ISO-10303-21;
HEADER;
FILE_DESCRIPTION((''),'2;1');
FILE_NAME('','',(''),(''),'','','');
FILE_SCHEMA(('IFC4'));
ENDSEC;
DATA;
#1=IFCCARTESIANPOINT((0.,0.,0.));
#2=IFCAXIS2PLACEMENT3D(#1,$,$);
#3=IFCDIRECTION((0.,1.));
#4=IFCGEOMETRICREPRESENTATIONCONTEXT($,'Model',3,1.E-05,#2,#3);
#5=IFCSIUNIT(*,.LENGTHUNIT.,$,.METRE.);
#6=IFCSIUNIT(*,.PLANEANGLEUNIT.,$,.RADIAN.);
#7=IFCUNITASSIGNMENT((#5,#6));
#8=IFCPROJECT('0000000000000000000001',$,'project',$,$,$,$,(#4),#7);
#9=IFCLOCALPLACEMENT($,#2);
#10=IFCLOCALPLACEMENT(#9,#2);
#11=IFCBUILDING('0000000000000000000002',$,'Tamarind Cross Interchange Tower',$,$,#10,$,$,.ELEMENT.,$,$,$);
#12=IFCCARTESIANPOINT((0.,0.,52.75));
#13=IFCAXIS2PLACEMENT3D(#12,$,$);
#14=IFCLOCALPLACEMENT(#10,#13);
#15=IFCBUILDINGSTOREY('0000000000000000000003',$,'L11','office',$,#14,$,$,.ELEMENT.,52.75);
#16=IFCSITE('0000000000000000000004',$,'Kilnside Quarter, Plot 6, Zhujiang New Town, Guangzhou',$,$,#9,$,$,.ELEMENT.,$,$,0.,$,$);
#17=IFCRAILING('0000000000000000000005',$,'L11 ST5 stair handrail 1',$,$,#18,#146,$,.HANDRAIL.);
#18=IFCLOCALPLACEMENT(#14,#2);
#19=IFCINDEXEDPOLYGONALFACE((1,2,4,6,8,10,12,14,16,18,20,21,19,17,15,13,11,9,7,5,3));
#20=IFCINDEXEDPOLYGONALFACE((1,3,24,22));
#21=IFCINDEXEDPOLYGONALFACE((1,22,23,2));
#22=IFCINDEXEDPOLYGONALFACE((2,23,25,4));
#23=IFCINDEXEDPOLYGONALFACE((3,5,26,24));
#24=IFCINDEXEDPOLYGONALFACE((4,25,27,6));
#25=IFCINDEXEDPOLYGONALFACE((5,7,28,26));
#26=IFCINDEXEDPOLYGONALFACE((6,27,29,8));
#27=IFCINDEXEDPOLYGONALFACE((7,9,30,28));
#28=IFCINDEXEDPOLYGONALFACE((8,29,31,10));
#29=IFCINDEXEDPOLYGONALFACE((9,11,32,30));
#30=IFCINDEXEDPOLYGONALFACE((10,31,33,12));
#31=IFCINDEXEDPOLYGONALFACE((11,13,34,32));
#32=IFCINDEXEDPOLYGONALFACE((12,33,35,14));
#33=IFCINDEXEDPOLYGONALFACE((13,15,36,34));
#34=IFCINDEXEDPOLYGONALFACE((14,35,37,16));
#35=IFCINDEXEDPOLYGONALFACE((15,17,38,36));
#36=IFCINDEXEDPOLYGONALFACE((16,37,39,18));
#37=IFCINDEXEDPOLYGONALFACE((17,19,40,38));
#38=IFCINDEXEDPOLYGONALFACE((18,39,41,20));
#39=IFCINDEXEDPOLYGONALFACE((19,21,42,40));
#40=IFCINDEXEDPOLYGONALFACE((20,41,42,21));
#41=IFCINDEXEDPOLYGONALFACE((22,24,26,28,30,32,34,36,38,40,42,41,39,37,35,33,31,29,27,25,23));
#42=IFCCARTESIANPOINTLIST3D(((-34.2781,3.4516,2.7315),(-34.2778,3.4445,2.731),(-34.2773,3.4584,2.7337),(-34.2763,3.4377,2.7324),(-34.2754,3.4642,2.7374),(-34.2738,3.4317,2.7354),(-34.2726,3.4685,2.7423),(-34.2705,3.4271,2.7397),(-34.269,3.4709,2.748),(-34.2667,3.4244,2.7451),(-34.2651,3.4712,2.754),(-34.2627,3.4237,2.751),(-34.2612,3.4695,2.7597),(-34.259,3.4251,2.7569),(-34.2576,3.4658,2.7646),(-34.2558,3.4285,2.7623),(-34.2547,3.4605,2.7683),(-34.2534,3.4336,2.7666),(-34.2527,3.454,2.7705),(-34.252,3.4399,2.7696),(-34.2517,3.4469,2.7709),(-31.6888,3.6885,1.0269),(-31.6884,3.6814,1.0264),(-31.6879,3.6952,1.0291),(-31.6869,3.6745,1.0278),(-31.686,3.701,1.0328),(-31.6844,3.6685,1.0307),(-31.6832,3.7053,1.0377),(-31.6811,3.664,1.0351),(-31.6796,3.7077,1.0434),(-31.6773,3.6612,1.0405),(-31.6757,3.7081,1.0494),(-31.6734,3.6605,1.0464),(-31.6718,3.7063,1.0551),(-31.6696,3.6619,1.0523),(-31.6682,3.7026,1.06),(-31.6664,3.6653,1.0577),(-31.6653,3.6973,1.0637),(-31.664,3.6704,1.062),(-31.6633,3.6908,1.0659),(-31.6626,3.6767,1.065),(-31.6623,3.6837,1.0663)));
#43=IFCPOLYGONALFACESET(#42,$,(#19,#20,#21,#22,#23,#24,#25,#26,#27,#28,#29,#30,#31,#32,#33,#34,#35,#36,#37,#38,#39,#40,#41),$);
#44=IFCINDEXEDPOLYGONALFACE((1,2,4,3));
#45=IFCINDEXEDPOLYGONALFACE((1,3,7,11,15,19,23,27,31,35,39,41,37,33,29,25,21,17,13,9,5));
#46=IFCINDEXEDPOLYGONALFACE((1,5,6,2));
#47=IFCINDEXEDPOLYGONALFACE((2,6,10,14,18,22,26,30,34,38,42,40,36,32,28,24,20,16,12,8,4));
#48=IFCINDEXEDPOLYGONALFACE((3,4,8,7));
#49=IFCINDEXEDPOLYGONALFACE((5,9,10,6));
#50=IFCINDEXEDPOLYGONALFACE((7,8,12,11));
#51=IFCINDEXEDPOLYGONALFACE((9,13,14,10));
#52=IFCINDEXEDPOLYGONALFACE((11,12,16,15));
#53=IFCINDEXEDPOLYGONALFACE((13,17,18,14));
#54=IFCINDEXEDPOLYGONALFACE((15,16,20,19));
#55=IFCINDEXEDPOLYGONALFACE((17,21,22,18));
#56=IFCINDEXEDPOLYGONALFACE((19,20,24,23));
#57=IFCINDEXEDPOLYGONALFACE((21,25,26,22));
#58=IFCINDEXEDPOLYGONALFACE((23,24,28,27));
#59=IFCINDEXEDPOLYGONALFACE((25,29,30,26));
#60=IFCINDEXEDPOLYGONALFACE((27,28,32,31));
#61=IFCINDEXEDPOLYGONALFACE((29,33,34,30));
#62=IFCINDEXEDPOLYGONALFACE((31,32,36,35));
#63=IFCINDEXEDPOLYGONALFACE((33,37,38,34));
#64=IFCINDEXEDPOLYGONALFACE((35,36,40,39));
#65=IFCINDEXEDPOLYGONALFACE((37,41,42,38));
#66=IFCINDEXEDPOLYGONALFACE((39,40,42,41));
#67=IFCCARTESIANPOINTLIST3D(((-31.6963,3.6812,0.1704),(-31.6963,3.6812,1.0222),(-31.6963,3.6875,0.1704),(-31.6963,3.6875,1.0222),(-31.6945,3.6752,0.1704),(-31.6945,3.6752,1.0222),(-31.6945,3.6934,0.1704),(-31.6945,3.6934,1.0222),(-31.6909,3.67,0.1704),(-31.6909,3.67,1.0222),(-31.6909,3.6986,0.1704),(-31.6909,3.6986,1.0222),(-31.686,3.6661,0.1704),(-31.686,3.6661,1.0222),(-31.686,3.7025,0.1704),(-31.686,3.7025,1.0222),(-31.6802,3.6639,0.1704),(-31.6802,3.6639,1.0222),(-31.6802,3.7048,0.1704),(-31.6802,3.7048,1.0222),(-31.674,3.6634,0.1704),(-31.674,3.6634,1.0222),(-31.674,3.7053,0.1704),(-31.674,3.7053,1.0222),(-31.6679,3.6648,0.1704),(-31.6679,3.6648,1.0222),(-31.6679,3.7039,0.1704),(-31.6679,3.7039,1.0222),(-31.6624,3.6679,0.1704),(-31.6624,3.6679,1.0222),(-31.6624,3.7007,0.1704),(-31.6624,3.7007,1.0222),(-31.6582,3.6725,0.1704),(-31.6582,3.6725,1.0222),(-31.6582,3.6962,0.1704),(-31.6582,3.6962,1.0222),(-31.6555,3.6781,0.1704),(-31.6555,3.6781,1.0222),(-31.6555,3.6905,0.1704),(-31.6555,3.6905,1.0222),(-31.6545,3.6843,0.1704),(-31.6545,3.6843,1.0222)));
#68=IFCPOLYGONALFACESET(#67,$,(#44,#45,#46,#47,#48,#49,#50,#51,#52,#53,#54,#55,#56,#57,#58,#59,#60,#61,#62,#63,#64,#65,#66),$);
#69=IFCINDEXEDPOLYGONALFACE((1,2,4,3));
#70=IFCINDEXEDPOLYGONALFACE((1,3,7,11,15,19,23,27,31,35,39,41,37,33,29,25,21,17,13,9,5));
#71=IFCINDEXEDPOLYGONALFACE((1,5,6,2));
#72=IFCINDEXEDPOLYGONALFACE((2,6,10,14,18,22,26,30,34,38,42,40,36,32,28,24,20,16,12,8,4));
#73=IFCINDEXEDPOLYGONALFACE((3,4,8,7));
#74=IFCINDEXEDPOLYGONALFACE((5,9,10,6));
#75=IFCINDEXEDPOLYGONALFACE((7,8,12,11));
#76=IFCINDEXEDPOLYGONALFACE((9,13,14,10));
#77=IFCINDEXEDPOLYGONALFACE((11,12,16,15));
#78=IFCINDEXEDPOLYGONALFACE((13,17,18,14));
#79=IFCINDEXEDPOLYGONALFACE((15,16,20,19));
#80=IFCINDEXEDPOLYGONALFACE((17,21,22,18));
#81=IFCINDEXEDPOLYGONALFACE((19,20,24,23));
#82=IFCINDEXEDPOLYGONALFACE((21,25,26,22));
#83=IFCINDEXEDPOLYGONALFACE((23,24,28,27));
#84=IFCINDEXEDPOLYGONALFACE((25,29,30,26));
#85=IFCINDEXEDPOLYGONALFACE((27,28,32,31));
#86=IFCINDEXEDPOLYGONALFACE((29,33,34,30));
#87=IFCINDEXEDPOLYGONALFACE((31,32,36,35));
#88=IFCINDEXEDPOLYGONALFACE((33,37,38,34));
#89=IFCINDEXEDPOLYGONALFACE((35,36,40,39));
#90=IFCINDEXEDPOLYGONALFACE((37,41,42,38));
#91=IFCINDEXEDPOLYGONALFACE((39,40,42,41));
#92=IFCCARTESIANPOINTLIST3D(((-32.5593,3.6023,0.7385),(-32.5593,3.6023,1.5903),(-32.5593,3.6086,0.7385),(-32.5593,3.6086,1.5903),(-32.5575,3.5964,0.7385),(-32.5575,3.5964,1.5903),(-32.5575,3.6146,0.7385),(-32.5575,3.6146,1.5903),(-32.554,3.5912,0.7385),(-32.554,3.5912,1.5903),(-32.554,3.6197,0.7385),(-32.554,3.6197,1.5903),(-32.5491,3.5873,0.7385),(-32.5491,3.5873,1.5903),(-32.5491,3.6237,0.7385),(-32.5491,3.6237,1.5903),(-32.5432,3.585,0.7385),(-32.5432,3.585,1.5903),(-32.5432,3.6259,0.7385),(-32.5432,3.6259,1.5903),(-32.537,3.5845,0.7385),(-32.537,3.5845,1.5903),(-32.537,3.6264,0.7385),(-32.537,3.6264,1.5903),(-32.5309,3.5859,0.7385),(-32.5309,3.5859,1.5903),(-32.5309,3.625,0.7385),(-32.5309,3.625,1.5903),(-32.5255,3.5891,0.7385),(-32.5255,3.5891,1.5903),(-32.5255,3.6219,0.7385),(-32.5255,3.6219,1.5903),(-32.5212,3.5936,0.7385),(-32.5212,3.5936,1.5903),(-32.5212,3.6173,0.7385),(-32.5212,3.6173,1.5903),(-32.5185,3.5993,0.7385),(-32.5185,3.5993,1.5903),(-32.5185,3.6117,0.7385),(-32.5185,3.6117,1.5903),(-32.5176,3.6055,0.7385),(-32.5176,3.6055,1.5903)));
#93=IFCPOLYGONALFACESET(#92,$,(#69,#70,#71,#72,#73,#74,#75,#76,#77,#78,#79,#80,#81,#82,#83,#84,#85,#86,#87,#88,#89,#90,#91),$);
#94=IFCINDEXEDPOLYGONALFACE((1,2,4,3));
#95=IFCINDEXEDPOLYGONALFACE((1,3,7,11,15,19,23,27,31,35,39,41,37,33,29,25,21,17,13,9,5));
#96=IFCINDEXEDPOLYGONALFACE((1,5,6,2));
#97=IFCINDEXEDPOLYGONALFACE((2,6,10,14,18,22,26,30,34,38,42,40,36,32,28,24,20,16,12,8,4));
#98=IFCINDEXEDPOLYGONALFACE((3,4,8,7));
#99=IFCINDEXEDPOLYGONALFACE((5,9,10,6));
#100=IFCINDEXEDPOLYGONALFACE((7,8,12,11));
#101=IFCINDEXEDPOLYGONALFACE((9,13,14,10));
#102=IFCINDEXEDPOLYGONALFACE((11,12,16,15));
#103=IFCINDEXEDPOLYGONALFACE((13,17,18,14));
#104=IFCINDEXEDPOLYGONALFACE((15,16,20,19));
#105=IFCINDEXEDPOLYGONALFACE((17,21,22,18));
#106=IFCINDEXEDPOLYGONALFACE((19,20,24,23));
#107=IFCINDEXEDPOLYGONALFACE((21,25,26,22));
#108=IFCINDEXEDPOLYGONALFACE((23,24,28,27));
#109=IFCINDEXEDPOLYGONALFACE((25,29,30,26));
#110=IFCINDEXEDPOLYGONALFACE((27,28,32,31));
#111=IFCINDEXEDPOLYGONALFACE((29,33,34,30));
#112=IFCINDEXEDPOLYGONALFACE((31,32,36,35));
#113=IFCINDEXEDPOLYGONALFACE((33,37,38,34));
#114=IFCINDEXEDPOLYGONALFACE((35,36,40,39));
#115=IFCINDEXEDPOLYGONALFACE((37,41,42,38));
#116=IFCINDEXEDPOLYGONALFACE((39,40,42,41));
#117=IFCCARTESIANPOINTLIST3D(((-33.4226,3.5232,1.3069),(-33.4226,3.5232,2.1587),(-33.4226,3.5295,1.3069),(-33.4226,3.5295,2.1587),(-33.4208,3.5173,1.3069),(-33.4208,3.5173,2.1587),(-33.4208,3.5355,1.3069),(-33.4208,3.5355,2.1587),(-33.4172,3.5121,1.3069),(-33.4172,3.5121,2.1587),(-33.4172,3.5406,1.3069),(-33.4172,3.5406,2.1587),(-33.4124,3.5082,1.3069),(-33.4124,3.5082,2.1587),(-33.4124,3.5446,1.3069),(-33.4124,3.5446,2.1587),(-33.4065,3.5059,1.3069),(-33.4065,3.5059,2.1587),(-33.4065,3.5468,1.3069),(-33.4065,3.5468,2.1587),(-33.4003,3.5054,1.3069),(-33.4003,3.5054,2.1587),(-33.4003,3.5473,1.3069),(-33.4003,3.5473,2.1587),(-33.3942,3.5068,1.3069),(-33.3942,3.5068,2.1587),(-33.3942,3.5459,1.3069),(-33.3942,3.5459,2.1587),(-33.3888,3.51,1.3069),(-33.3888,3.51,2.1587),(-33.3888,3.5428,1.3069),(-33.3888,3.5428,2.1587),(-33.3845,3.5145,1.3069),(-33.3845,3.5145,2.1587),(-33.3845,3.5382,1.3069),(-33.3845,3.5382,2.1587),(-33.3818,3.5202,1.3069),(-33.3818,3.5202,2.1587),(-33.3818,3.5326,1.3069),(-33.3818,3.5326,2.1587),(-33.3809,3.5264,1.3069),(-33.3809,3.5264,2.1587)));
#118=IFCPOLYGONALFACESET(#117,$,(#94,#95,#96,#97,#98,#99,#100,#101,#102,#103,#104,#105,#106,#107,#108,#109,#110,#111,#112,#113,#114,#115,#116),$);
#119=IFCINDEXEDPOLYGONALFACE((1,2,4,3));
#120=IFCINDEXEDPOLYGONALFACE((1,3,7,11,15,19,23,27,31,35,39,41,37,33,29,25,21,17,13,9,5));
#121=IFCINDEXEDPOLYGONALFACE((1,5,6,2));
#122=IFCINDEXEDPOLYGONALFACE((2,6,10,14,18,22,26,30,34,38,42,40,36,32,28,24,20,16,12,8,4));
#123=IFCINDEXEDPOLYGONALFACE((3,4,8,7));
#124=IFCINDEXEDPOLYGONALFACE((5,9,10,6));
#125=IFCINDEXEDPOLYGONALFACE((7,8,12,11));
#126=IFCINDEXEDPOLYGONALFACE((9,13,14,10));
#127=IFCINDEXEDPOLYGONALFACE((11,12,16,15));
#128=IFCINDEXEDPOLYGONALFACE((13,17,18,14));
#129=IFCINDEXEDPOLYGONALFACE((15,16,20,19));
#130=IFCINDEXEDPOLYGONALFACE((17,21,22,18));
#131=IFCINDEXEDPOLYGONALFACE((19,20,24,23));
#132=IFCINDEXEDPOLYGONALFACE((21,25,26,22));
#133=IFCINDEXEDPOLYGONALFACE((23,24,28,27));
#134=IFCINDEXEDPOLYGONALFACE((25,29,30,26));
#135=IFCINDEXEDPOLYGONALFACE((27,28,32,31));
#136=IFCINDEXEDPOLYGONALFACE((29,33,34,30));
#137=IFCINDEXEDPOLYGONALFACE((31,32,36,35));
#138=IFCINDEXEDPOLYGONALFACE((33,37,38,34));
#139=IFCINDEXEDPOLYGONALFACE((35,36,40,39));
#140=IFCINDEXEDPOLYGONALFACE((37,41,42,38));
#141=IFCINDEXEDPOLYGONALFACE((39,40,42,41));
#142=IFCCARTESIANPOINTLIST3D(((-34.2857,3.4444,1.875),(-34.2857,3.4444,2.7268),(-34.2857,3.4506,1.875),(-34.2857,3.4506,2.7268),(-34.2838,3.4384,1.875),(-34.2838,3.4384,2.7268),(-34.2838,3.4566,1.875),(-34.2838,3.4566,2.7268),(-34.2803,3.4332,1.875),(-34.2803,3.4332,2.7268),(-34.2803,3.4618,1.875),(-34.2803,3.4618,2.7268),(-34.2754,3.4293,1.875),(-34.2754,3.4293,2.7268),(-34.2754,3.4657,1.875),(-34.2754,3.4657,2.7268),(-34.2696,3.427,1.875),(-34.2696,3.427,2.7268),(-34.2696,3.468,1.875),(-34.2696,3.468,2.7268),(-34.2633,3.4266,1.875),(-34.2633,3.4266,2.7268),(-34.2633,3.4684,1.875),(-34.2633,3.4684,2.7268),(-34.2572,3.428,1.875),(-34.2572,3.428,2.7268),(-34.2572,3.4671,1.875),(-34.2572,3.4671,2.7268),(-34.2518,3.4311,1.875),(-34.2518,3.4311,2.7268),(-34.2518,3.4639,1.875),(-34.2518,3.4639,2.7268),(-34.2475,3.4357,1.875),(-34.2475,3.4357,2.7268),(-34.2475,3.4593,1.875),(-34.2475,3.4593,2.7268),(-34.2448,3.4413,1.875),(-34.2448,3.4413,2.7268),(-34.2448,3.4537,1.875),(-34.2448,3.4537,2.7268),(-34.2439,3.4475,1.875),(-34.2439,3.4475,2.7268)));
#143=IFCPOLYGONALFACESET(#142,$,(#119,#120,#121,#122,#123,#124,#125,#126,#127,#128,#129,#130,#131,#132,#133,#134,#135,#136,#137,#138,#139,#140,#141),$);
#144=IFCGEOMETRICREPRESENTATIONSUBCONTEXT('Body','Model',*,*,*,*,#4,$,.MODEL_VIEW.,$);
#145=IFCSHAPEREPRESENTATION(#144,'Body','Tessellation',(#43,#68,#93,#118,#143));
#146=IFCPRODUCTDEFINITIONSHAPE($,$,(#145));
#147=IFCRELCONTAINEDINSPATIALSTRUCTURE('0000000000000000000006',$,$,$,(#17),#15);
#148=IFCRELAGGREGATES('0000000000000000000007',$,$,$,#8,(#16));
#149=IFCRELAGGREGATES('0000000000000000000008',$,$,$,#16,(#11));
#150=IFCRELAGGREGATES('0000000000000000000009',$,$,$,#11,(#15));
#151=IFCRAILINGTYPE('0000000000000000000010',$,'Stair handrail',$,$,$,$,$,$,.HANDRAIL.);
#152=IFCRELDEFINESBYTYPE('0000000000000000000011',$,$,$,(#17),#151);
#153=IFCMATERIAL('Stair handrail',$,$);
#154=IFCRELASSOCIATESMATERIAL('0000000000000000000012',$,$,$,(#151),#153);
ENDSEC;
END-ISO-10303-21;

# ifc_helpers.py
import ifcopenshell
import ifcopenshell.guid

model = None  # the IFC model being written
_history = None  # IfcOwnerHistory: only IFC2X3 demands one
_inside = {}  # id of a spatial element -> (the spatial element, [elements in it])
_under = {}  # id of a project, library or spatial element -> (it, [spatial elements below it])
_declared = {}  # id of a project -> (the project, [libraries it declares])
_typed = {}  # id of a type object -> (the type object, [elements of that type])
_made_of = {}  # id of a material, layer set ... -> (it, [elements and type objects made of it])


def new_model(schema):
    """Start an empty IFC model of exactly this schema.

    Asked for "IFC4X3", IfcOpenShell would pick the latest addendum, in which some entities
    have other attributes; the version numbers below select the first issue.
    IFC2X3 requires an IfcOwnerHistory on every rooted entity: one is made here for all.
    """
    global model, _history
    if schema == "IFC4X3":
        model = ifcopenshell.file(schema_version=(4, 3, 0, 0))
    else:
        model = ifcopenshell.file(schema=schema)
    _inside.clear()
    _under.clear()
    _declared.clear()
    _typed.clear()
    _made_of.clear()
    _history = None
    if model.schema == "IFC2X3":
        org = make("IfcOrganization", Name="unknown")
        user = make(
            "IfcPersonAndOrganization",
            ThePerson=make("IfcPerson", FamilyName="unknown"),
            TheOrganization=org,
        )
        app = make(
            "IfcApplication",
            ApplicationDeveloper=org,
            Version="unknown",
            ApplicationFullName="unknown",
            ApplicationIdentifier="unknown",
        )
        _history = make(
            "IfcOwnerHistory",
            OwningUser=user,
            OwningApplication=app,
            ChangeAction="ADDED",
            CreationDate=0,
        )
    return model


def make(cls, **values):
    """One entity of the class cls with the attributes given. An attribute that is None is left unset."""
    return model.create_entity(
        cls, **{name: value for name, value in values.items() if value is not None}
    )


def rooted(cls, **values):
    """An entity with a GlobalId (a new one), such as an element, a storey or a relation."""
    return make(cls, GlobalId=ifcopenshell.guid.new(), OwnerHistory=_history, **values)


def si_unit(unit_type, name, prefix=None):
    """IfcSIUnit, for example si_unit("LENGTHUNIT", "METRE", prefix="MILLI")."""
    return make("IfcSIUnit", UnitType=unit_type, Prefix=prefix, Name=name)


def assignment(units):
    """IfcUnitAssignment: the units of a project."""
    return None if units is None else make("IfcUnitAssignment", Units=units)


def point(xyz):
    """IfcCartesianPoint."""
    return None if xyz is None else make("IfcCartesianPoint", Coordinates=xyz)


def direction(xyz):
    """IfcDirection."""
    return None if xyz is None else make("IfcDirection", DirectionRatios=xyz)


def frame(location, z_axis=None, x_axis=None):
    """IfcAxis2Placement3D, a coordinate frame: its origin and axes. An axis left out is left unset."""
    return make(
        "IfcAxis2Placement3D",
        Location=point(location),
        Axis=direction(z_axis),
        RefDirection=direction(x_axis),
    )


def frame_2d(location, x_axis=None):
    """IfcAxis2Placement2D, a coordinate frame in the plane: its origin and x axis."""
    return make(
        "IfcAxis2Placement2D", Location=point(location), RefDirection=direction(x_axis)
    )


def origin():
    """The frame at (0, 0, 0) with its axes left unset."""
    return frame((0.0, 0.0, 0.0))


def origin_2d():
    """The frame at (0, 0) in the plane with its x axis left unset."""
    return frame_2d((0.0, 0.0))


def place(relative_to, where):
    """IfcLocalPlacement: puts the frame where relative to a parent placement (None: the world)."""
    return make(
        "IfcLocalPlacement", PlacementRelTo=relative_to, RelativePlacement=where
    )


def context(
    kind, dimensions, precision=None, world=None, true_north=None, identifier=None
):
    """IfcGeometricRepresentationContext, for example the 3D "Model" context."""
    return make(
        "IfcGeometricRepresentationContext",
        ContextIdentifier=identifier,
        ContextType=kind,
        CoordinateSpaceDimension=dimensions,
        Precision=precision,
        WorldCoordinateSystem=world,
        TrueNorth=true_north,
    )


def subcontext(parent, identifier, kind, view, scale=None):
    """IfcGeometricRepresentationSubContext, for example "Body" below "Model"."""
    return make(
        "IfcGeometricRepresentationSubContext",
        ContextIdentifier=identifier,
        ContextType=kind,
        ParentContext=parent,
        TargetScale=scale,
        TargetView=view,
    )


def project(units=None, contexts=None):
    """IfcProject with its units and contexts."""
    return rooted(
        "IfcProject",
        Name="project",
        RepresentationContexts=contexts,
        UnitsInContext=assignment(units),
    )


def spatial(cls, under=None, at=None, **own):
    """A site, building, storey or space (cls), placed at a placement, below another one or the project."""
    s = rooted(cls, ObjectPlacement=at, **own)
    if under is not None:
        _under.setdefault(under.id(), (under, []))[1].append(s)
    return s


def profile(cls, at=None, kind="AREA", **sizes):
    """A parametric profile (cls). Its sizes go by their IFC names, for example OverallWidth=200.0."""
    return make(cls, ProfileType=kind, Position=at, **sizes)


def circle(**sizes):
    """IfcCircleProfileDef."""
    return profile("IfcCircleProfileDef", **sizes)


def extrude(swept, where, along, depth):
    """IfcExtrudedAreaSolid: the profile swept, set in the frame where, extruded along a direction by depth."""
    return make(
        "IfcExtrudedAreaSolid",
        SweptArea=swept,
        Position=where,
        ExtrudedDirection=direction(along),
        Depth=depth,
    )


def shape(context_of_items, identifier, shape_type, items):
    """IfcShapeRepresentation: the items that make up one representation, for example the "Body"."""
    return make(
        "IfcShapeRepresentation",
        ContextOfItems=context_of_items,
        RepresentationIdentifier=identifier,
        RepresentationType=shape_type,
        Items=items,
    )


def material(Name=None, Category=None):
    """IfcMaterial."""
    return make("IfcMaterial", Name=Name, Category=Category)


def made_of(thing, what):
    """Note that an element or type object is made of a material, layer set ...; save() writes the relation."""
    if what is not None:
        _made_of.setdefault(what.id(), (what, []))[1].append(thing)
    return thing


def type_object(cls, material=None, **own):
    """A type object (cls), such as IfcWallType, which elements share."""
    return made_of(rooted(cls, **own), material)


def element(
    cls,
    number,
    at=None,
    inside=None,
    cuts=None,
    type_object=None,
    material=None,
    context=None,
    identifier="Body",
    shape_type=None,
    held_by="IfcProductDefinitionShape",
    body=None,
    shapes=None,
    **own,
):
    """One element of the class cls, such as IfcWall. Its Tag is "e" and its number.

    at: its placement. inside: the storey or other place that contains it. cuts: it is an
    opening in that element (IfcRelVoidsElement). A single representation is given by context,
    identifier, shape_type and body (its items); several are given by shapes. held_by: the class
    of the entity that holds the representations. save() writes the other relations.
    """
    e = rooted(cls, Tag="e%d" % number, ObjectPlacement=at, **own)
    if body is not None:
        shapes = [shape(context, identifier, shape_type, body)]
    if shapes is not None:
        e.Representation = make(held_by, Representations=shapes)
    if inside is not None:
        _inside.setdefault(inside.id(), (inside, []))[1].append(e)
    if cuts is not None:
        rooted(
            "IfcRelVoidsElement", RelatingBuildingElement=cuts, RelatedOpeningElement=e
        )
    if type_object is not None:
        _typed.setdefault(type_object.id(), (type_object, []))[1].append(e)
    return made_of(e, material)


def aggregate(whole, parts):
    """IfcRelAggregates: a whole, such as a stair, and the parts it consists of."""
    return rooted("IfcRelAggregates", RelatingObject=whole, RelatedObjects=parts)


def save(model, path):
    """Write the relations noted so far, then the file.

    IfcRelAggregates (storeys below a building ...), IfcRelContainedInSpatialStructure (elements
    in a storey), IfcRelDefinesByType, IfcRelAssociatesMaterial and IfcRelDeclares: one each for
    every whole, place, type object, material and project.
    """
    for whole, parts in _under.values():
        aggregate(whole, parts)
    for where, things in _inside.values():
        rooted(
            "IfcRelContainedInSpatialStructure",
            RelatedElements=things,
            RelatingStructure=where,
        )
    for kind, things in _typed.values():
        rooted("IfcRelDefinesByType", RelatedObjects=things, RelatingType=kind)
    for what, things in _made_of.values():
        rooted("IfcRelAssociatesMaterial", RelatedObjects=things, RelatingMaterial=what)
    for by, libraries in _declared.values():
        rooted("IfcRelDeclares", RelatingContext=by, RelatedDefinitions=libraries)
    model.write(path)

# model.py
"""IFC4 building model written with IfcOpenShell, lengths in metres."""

from ifc_helpers import new_model, si_unit, direction, frame, origin, origin_2d, place, context, subcontext, project, spatial, circle, extrude, material, type_object, element, save


model = new_model("IFC4")

# Units and contexts
model_context = context("Model", 3, precision=1e-05, world=origin(), true_north=direction((0.0, 1.0)))
body_context = subcontext(model_context, "Body", "Model", "MODEL_VIEW")
ifc_project = project(units=[si_unit("LENGTHUNIT", "METRE"), si_unit("PLANEANGLEUNIT", "RADIAN")], contexts=[model_context])

# Site, building, storey
site_placement = place(None, origin())
site = spatial("IfcSite", under=ifc_project, at=site_placement, Name="Kilnside Quarter, Plot 6, Zhujiang New Town, Guangzhou", CompositionType="ELEMENT", RefElevation=0.0)
building_placement = place(site_placement, origin())
building = spatial("IfcBuilding", under=site, at=building_placement, Name="Tamarind Cross Interchange Tower", CompositionType="ELEMENT")
storey_placement = place(building_placement, frame((0.0, 0.0, 52.75)))
storey = spatial("IfcBuildingStorey", under=building, at=storey_placement, Name="L11", Description="office", CompositionType="ELEMENT", Elevation=52.75)

# Railing
ifc_material_1 = material(Name="Stair handrail")
railing_type_1 = type_object("IfcRailingType", Name="Stair handrail", PredefinedType="HANDRAIL", material=ifc_material_1)
railing_1_placement = place(storey_placement, frame((-31.6755, 3.6843, 0.1704)))
element("IfcRailing", 1, at=railing_1_placement, inside=storey, type_object=railing_type_1, Name="L11 ST5 stair handrail 1", PredefinedType="HANDRAIL", context=body_context, shape_type="SweptSolid", body=[
    extrude(circle(Radius=0.0239, at=origin_2d()), frame((0.0, 0.0, 0.876), z_axis=(-0.832833, -0.076169, 0.548259), x_axis=(0.091078, -0.995844, 0.0)), (0.0, 0.0, 1.0), 3.1091),
    extrude(circle(Radius=0.021, at=origin_2d()), origin(), (0.0, 0.0, 1.0), 0.8518),
    extrude(circle(Radius=0.021, at=origin_2d()), frame((-0.863, -0.0789, 0.5681)), (0.0, 0.0, 1.0), 0.8518),
    extrude(circle(Radius=0.021, at=origin_2d()), frame((-1.7263, -0.158, 1.1365)), (0.0, 0.0, 1.0), 0.8518),
    extrude(circle(Radius=0.021, at=origin_2d()), frame((-2.5894, -0.2368, 1.7046)), (0.0, 0.0, 1.0), 0.8518),
])

save(model, "model.ifc")
